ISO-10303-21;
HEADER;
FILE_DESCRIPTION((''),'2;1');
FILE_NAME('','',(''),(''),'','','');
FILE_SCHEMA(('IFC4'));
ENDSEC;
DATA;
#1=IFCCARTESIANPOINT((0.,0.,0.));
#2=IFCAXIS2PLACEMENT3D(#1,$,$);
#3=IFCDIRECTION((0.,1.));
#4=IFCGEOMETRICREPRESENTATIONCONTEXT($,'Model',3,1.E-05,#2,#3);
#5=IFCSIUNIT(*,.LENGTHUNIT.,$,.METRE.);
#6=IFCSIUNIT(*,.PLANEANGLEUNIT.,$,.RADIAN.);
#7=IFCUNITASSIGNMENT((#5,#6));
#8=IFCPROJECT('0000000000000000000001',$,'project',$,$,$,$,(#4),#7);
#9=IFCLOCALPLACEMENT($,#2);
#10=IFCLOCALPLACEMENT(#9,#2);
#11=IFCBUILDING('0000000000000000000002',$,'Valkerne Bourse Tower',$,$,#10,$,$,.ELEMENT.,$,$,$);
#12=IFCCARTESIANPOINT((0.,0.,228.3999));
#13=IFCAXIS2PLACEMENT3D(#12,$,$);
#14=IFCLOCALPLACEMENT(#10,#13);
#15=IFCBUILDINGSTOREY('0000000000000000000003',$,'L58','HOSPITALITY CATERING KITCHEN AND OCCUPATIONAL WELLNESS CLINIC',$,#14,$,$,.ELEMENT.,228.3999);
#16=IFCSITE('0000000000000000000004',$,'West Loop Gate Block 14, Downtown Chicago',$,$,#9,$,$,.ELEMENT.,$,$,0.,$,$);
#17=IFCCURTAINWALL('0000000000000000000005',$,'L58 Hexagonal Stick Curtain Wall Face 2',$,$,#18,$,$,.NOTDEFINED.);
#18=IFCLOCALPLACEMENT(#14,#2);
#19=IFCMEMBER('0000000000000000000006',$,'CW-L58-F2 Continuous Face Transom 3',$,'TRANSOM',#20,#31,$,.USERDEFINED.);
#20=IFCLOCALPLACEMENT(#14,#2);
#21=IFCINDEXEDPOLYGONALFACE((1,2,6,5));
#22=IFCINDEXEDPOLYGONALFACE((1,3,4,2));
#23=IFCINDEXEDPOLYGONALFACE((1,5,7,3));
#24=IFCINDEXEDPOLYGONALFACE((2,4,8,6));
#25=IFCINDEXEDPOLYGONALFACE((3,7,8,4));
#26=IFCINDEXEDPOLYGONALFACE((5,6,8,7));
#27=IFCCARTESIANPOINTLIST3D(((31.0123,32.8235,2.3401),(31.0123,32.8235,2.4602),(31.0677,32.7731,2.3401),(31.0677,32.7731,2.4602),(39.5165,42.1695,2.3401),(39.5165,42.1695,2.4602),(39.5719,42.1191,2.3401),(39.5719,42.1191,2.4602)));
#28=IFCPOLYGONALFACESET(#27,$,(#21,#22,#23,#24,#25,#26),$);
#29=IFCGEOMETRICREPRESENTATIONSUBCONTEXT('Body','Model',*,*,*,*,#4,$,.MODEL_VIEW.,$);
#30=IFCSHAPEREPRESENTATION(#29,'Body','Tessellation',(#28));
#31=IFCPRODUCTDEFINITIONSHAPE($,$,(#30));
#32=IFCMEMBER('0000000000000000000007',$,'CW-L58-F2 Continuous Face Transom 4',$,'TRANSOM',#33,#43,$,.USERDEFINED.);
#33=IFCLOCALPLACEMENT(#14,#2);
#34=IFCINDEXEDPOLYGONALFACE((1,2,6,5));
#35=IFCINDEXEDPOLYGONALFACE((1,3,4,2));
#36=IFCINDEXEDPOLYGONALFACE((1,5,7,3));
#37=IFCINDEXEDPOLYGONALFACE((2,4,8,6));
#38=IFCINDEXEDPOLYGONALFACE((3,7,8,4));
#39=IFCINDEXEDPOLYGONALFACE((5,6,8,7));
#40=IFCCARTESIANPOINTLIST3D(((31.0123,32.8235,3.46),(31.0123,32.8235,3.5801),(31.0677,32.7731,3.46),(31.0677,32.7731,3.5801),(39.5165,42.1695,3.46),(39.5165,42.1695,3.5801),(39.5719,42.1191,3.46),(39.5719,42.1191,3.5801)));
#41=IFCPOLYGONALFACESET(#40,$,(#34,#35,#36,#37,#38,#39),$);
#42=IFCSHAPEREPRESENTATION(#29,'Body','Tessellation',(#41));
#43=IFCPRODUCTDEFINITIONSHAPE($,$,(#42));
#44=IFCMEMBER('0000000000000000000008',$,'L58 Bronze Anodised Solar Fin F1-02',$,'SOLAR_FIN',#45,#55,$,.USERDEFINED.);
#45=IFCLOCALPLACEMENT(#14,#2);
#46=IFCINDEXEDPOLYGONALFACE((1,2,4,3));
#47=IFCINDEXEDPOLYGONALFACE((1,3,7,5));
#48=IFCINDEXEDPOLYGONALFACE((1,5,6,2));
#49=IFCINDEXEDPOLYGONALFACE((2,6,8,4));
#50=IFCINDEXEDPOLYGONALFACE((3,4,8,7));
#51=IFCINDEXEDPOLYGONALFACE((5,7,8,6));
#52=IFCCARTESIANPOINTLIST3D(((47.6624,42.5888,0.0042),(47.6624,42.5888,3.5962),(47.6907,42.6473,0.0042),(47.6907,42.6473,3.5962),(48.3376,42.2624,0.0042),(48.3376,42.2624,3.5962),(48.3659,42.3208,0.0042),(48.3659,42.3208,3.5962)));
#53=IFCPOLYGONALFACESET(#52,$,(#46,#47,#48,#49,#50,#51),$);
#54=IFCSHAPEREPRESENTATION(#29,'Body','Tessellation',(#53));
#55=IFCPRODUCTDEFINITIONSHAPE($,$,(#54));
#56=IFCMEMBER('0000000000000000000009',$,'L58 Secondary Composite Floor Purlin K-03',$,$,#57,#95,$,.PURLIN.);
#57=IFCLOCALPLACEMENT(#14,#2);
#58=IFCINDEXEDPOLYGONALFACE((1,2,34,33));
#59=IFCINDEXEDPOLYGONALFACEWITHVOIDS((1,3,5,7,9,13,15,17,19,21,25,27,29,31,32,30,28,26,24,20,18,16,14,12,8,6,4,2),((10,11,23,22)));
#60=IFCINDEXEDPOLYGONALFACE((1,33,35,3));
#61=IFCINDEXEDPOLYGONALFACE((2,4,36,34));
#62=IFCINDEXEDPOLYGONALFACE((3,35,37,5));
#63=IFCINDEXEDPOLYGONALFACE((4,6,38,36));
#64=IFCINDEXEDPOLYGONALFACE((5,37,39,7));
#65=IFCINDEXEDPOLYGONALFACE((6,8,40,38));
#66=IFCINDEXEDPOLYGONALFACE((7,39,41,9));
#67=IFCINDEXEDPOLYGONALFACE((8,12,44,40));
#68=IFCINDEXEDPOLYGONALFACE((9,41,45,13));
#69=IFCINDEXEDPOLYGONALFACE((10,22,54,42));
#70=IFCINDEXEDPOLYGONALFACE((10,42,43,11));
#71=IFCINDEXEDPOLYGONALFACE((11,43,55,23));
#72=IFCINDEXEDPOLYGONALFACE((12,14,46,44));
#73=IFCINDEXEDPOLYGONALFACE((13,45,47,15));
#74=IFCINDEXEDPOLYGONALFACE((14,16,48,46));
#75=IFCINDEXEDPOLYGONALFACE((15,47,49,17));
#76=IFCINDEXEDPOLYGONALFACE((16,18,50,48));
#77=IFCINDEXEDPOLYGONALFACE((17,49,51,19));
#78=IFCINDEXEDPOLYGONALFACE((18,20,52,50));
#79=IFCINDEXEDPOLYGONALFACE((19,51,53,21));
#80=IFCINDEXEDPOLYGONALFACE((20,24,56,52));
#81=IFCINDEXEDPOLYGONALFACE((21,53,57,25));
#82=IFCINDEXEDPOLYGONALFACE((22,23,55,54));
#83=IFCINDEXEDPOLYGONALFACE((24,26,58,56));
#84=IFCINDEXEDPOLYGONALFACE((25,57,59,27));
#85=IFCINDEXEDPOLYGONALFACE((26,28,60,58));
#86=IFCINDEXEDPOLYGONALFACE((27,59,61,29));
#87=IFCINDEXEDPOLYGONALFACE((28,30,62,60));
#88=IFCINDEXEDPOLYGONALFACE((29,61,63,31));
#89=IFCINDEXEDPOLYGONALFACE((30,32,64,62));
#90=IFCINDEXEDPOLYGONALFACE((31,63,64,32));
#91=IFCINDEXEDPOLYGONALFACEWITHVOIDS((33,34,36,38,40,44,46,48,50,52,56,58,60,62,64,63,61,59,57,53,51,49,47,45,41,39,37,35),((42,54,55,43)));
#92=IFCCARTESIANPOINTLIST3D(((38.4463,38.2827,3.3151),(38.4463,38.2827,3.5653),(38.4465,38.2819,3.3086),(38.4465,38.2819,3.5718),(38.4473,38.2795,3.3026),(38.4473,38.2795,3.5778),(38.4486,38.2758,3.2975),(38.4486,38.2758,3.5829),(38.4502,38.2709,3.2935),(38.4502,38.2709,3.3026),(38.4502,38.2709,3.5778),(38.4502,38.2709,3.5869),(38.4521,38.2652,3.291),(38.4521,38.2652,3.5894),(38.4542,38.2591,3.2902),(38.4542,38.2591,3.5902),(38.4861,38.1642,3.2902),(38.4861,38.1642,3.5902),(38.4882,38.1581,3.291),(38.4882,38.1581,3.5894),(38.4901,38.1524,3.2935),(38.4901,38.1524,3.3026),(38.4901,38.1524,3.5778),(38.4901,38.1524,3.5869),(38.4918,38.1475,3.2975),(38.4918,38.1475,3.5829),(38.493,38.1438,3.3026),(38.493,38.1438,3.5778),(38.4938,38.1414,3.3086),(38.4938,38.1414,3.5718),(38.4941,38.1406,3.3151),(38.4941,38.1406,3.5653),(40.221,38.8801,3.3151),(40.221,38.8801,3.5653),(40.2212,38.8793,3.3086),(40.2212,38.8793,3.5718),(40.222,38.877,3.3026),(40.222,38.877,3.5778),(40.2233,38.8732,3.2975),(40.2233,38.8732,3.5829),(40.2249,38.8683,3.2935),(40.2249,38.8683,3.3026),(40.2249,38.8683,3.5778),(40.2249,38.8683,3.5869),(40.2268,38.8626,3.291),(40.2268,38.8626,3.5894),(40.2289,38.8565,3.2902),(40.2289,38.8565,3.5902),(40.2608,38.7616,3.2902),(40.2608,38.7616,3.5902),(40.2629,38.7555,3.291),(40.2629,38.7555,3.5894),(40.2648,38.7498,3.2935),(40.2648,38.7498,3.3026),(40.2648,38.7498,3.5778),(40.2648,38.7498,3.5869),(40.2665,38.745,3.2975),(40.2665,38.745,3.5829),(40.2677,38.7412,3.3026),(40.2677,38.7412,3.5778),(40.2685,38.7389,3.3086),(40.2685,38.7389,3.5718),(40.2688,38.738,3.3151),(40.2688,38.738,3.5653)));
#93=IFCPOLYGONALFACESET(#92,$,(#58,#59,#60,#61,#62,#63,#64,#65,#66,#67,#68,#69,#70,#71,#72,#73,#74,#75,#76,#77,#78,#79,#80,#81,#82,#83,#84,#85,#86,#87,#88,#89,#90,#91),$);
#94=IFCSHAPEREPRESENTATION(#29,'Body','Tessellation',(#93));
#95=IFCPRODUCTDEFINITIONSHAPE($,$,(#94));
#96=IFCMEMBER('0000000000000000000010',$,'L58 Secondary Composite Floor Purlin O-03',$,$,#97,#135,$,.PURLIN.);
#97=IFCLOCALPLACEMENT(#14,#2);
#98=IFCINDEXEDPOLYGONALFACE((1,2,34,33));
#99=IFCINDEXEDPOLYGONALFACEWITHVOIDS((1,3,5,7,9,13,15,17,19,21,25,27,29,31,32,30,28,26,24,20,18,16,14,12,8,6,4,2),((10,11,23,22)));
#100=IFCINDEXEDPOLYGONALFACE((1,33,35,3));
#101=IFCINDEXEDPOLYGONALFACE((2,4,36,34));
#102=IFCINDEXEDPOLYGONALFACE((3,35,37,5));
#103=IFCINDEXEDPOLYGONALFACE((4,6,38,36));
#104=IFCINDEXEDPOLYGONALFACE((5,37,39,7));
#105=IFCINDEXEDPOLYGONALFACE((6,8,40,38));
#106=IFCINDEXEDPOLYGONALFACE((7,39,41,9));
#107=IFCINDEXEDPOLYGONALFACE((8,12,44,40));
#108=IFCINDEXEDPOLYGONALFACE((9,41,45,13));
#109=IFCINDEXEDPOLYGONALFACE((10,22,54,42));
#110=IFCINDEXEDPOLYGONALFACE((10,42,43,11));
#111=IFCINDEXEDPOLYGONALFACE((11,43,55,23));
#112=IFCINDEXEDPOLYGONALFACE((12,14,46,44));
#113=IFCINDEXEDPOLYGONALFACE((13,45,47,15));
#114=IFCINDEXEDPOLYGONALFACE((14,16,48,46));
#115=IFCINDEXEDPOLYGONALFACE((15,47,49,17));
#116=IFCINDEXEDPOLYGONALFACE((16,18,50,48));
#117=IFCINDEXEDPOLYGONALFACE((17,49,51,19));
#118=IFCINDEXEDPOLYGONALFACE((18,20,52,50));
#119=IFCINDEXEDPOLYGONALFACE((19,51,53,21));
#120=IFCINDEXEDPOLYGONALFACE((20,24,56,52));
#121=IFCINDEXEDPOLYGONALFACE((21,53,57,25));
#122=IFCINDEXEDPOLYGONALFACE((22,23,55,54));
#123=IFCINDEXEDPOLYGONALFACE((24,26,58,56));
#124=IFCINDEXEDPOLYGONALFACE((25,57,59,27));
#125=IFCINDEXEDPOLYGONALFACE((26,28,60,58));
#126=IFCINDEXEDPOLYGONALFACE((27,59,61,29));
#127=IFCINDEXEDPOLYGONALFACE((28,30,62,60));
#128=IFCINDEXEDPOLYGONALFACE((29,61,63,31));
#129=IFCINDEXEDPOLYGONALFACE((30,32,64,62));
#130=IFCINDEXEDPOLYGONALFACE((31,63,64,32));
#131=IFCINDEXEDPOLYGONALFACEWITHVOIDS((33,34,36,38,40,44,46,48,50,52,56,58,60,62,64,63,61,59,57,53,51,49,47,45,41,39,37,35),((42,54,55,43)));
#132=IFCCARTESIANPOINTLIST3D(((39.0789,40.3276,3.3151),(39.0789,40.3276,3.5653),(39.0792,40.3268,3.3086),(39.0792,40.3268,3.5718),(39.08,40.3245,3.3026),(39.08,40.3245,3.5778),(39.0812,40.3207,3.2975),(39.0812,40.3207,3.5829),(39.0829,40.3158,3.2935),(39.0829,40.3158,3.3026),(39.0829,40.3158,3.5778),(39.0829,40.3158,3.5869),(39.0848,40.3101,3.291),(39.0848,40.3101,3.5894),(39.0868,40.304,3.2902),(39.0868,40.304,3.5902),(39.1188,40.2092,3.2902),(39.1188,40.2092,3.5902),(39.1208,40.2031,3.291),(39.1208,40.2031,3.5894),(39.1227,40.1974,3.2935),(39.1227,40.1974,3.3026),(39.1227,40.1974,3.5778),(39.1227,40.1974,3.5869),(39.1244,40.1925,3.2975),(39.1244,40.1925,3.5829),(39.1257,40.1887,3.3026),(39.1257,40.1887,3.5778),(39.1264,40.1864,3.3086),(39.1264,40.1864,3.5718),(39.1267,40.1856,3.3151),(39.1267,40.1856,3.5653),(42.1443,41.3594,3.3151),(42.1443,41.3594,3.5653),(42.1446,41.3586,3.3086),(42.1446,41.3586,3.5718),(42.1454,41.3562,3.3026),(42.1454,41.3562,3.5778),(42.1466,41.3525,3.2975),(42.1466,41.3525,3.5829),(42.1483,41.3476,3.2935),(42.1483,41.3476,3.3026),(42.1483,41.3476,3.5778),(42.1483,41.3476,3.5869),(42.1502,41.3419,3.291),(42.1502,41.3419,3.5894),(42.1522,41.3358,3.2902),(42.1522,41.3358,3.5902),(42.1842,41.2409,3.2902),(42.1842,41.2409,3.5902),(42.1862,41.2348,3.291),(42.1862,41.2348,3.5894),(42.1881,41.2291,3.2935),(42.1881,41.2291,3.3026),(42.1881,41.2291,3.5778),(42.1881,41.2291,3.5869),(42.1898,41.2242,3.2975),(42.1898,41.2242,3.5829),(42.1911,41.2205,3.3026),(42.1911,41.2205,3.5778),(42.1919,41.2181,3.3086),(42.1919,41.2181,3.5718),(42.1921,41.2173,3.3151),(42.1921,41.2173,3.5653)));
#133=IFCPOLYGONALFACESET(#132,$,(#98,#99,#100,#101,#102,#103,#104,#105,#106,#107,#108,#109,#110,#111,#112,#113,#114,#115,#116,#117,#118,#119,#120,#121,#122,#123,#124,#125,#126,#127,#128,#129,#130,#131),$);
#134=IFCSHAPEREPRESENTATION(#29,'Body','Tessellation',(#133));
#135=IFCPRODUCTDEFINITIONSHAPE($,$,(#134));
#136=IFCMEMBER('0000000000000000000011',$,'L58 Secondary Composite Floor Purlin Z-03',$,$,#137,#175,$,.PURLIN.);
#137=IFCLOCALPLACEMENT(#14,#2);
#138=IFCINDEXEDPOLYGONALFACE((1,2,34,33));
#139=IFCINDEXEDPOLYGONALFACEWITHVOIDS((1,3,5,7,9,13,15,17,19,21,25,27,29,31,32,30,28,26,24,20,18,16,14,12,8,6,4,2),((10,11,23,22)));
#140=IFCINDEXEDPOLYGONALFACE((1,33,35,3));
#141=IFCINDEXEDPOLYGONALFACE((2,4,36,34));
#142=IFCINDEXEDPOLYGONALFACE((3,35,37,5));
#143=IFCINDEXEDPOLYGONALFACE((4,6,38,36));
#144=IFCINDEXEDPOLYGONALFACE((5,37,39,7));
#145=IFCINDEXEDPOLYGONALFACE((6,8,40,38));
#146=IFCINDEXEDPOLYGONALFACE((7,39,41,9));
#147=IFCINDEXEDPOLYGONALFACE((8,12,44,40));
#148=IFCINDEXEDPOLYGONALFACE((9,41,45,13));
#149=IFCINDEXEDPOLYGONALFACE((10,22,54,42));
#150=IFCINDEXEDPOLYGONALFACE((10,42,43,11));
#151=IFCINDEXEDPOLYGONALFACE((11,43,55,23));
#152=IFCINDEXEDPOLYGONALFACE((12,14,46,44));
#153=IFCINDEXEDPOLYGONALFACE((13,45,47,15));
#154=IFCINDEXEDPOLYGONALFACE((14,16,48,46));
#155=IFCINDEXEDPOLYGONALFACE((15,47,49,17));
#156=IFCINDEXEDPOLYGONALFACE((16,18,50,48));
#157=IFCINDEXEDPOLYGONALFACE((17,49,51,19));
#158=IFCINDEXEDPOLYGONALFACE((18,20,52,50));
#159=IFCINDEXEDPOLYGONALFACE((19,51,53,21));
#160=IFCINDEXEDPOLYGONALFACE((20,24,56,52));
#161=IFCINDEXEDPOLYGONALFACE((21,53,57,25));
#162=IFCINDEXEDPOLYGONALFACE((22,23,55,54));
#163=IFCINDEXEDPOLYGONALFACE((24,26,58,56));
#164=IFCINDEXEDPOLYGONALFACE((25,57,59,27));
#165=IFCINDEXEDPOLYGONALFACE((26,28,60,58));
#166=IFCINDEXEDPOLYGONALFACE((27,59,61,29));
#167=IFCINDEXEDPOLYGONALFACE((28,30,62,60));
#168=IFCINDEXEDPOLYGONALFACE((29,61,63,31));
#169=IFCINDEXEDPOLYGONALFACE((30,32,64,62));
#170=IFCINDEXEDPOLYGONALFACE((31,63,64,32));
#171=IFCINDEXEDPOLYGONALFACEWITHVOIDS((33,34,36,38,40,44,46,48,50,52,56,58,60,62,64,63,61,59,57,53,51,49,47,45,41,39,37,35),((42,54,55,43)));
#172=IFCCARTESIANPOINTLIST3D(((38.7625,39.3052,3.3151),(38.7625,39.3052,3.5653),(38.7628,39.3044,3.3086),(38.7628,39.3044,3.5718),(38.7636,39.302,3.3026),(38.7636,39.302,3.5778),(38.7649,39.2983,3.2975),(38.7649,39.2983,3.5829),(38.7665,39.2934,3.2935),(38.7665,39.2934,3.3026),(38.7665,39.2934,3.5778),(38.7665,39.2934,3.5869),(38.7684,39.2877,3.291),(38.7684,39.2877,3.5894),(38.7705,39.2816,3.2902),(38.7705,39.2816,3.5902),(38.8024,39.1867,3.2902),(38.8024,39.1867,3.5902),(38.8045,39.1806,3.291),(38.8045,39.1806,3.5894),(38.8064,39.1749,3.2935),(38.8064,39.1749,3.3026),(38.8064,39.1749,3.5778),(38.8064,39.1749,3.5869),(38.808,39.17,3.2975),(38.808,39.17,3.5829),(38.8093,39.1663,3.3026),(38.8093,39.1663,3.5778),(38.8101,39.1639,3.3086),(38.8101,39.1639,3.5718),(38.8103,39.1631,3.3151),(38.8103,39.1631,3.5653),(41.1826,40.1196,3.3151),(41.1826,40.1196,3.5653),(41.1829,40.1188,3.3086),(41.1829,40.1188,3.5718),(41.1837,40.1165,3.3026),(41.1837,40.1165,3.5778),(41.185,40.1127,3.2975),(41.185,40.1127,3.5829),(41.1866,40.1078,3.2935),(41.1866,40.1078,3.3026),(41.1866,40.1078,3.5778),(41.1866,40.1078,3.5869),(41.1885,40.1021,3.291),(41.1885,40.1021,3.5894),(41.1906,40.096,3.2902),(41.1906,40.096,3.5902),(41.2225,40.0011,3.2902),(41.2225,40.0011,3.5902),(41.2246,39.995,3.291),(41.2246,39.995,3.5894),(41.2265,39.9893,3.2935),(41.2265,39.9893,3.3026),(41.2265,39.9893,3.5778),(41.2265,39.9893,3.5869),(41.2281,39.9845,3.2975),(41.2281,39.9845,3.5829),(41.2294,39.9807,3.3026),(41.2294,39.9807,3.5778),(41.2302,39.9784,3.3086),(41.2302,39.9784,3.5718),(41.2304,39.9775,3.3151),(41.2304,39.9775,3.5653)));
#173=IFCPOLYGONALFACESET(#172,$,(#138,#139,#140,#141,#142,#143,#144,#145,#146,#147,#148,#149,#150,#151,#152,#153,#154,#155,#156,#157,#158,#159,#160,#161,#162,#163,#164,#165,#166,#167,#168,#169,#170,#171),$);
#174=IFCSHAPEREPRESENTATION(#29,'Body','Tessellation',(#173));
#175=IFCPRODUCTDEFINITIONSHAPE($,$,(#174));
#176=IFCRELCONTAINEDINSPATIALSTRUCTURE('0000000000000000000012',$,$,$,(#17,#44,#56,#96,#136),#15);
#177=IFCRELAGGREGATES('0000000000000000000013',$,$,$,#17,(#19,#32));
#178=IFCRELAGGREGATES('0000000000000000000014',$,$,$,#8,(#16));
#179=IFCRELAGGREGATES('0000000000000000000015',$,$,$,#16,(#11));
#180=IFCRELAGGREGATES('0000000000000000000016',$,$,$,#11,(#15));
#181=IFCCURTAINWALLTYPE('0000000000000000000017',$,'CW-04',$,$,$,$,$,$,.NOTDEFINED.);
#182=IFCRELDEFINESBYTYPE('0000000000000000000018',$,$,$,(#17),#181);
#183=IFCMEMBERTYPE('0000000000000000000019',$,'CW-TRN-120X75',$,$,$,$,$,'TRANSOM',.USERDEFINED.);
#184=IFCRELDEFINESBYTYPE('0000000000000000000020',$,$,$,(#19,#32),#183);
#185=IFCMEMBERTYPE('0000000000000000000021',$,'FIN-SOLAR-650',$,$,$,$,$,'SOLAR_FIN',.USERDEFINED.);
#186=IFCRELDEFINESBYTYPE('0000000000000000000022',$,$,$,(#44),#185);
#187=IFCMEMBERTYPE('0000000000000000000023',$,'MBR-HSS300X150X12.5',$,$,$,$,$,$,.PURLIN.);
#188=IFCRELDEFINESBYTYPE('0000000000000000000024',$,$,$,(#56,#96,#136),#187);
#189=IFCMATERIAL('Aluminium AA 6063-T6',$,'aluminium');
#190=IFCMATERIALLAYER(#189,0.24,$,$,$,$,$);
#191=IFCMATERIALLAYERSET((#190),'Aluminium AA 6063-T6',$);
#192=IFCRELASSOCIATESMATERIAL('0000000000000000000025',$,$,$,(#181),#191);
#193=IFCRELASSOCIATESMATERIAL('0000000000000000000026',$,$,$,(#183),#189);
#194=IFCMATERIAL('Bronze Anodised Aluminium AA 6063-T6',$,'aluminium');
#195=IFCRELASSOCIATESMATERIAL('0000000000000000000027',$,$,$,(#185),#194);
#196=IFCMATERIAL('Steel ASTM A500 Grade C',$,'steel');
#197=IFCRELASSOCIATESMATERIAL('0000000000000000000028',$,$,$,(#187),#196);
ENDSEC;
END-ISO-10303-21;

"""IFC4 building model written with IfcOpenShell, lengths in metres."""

from ifc_helpers import new_model, si_unit, direction, frame, origin, origin_2d, place, context, subcontext, project, spatial, rectangle, hollow_rectangle, extrude, material, layer, layer_set, material_profile, profile_set, type_object, element, aggregate, save


model = new_model("IFC4")

# Units and contexts
model_context = context("Model", 3, precision=1e-05, world=origin(), true_north=direction((0.0, 1.0)))
body_context = subcontext(model_context, "Body", "Model", "MODEL_VIEW")
ifc_project = project(units=[si_unit("LENGTHUNIT", "METRE"), si_unit("PLANEANGLEUNIT", "RADIAN")], contexts=[model_context])

# Site, building, storey
site_placement = place(None, origin())
site = spatial("IfcSite", under=ifc_project, at=site_placement, Name="West Loop Gate Block 14, Downtown Chicago", CompositionType="ELEMENT", RefElevation=0.0)
building_placement = place(site_placement, origin())
building = spatial("IfcBuilding", under=site, at=building_placement, Name="Valkerne Bourse Tower", CompositionType="ELEMENT")
storey_placement = place(building_placement, frame((0.0, 0.0, 228.3999)))
storey = spatial("IfcBuildingStorey", under=building, at=storey_placement, Name="L58", Description="HOSPITALITY CATERING KITCHEN AND OCCUPATIONAL WELLNESS CLINIC", CompositionType="ELEMENT", Elevation=228.3999)

# Curtain wall, members
ifc_material_1 = material(Name="Aluminium AA 6063-T6", Category="aluminium")
ifc_layer_1 = layer(ifc_material_1, 0.24)
ifc_layer_set_1 = layer_set([ifc_layer_1], Name="Aluminium AA 6063-T6")
curtain_wall_type = type_object("IfcCurtainWallType", Name="CW-04", PredefinedType="NOTDEFINED", material=ifc_layer_set_1)
curtain_wall_1_placement = place(storey_placement, origin())
curtain_wall_1 = element("IfcCurtainWall", 1, at=curtain_wall_1_placement, inside=storey, type_object=curtain_wall_type, Name="L58 Hexagonal Stick Curtain Wall Face 2", PredefinedType="NOTDEFINED")
ifc_material_profile_1 = material_profile(ifc_material_1, rectangle(XDim=0.075, YDim=0.1201, at=origin_2d()), Name="CWT-75X120")
ifc_profile_set_1 = profile_set([ifc_material_profile_1], Name="Aluminium AA 6063-T6")
member_type_1 = type_object("IfcMemberType", Name="CW-TRN-120X75", ElementType="TRANSOM", PredefinedType="USERDEFINED", material=ifc_profile_set_1)
member_1_placement = place(storey_placement, frame((39.5442, 42.1443, 2.4001), z_axis=(-0.673012, -0.739631, 0.0), x_axis=(0.739631, -0.673012, 0.0)))
member_1 = element("IfcMember", 2, at=member_1_placement, type_object=member_type_1, Name="CW-L58-F2 Continuous Face Transom 3", ObjectType="TRANSOM", PredefinedType="USERDEFINED", context=body_context, shape_type="SweptSolid", body=[
    extrude(rectangle(XDim=0.075, YDim=0.1201, at=origin_2d()), origin(), (0.0, 0.0, 1.0), 12.636),
])
member_2_placement = place(storey_placement, frame((39.5442, 42.1443, 3.52), z_axis=(-0.673012, -0.739631, 0.0), x_axis=(0.739631, -0.673012, 0.0)))
member_2 = element("IfcMember", 3, at=member_2_placement, type_object=member_type_1, Name="CW-L58-F2 Continuous Face Transom 4", ObjectType="TRANSOM", PredefinedType="USERDEFINED", context=body_context, shape_type="SweptSolid", body=[
    extrude(rectangle(XDim=0.075, YDim=0.1201, at=origin_2d()), origin(), (0.0, 0.0, 1.0), 12.636),
])
aggregate(curtain_wall_1, [member_1, member_2])

# Members
ifc_material_2 = material(Name="Bronze Anodised Aluminium AA 6063-T6", Category="aluminium")
ifc_material_profile_2 = material_profile(ifc_material_2, rectangle(XDim=0.0649, YDim=0.75, at=origin_2d()), Name="FIN-65X750")
ifc_profile_set_2 = profile_set([ifc_material_profile_2], Name="Bronze Anodised Aluminium AA 6063-T6")
member_type_2 = type_object("IfcMemberType", Name="FIN-SOLAR-650", ElementType="SOLAR_FIN", PredefinedType="USERDEFINED", material=ifc_profile_set_2)
member_3_placement = place(storey_placement, frame((48.0142, 42.4548, 0.0042), z_axis=(0.0, 0.0, 1.0), x_axis=(0.435295, 0.900288, 0.0)))
element("IfcMember", 4, at=member_3_placement, inside=storey, type_object=member_type_2, Name="L58 Bronze Anodised Solar Fin F1-02", ObjectType="SOLAR_FIN", PredefinedType="USERDEFINED", context=body_context, shape_type="SweptSolid", body=[
    extrude(rectangle(XDim=0.0649, YDim=0.75, at=origin_2d()), origin(), (0.0, 0.0, 1.0), 3.592),
])
ifc_material_3 = material(Name="Steel ASTM A500 Grade C", Category="steel")
ifc_material_profile_3 = material_profile(ifc_material_3, hollow_rectangle(XDim=0.1499, YDim=0.3, WallThickness=0.0125, OuterFilletRadius=0.0249, at=origin_2d()), Name="HSS300X150X12.5")
ifc_profile_set_3 = profile_set([ifc_material_profile_3], Name="Steel ASTM A500 Grade C")
member_type_3 = type_object("IfcMemberType", Name="MBR-HSS300X150X12.5", PredefinedType="PURLIN", material=ifc_profile_set_3)
member_4_placement = place(storey_placement, frame((40.2449, 38.8091, 3.4402), z_axis=(-0.94774, -0.319043, 0.0), x_axis=(0.319043, -0.94774, 0.0)))
element("IfcMember", 5, at=member_4_placement, inside=storey, type_object=member_type_3, Name="L58 Secondary Composite Floor Purlin K-03", PredefinedType="PURLIN", context=body_context, shape_type="SweptSolid", body=[
    extrude(hollow_rectangle(XDim=0.1499, YDim=0.3, WallThickness=0.0125, OuterFilletRadius=0.0249, at=origin_2d()), origin(), (0.0, 0.0, 1.0), 1.8726),
])
member_5_placement = place(storey_placement, frame((42.1682, 41.2883, 3.4402), z_axis=(-0.947758, -0.318989, 0.0), x_axis=(0.318989, -0.947758, 0.0)))
element("IfcMember", 6, at=member_5_placement, inside=storey, type_object=member_type_3, Name="L58 Secondary Composite Floor Purlin O-03", PredefinedType="PURLIN", context=body_context, shape_type="SweptSolid", body=[
    extrude(hollow_rectangle(XDim=0.1499, YDim=0.3, WallThickness=0.0125, OuterFilletRadius=0.0249, at=origin_2d()), origin(), (0.0, 0.0, 1.0), 3.2344),
])
member_6_placement = place(storey_placement, frame((41.2065, 40.0486, 3.4402), z_axis=(-0.947771, -0.318951, 0.0), x_axis=(0.318951, -0.947771, 0.0)))
element("IfcMember", 7, at=member_6_placement, inside=storey, type_object=member_type_3, Name="L58 Secondary Composite Floor Purlin Z-03", PredefinedType="PURLIN", context=body_context, shape_type="SweptSolid", body=[
    extrude(hollow_rectangle(XDim=0.1499, YDim=0.3, WallThickness=0.0125, OuterFilletRadius=0.0249, at=origin_2d()), origin(), (0.0, 0.0, 1.0), 2.5535),
])

save(model, "model.ifc")
